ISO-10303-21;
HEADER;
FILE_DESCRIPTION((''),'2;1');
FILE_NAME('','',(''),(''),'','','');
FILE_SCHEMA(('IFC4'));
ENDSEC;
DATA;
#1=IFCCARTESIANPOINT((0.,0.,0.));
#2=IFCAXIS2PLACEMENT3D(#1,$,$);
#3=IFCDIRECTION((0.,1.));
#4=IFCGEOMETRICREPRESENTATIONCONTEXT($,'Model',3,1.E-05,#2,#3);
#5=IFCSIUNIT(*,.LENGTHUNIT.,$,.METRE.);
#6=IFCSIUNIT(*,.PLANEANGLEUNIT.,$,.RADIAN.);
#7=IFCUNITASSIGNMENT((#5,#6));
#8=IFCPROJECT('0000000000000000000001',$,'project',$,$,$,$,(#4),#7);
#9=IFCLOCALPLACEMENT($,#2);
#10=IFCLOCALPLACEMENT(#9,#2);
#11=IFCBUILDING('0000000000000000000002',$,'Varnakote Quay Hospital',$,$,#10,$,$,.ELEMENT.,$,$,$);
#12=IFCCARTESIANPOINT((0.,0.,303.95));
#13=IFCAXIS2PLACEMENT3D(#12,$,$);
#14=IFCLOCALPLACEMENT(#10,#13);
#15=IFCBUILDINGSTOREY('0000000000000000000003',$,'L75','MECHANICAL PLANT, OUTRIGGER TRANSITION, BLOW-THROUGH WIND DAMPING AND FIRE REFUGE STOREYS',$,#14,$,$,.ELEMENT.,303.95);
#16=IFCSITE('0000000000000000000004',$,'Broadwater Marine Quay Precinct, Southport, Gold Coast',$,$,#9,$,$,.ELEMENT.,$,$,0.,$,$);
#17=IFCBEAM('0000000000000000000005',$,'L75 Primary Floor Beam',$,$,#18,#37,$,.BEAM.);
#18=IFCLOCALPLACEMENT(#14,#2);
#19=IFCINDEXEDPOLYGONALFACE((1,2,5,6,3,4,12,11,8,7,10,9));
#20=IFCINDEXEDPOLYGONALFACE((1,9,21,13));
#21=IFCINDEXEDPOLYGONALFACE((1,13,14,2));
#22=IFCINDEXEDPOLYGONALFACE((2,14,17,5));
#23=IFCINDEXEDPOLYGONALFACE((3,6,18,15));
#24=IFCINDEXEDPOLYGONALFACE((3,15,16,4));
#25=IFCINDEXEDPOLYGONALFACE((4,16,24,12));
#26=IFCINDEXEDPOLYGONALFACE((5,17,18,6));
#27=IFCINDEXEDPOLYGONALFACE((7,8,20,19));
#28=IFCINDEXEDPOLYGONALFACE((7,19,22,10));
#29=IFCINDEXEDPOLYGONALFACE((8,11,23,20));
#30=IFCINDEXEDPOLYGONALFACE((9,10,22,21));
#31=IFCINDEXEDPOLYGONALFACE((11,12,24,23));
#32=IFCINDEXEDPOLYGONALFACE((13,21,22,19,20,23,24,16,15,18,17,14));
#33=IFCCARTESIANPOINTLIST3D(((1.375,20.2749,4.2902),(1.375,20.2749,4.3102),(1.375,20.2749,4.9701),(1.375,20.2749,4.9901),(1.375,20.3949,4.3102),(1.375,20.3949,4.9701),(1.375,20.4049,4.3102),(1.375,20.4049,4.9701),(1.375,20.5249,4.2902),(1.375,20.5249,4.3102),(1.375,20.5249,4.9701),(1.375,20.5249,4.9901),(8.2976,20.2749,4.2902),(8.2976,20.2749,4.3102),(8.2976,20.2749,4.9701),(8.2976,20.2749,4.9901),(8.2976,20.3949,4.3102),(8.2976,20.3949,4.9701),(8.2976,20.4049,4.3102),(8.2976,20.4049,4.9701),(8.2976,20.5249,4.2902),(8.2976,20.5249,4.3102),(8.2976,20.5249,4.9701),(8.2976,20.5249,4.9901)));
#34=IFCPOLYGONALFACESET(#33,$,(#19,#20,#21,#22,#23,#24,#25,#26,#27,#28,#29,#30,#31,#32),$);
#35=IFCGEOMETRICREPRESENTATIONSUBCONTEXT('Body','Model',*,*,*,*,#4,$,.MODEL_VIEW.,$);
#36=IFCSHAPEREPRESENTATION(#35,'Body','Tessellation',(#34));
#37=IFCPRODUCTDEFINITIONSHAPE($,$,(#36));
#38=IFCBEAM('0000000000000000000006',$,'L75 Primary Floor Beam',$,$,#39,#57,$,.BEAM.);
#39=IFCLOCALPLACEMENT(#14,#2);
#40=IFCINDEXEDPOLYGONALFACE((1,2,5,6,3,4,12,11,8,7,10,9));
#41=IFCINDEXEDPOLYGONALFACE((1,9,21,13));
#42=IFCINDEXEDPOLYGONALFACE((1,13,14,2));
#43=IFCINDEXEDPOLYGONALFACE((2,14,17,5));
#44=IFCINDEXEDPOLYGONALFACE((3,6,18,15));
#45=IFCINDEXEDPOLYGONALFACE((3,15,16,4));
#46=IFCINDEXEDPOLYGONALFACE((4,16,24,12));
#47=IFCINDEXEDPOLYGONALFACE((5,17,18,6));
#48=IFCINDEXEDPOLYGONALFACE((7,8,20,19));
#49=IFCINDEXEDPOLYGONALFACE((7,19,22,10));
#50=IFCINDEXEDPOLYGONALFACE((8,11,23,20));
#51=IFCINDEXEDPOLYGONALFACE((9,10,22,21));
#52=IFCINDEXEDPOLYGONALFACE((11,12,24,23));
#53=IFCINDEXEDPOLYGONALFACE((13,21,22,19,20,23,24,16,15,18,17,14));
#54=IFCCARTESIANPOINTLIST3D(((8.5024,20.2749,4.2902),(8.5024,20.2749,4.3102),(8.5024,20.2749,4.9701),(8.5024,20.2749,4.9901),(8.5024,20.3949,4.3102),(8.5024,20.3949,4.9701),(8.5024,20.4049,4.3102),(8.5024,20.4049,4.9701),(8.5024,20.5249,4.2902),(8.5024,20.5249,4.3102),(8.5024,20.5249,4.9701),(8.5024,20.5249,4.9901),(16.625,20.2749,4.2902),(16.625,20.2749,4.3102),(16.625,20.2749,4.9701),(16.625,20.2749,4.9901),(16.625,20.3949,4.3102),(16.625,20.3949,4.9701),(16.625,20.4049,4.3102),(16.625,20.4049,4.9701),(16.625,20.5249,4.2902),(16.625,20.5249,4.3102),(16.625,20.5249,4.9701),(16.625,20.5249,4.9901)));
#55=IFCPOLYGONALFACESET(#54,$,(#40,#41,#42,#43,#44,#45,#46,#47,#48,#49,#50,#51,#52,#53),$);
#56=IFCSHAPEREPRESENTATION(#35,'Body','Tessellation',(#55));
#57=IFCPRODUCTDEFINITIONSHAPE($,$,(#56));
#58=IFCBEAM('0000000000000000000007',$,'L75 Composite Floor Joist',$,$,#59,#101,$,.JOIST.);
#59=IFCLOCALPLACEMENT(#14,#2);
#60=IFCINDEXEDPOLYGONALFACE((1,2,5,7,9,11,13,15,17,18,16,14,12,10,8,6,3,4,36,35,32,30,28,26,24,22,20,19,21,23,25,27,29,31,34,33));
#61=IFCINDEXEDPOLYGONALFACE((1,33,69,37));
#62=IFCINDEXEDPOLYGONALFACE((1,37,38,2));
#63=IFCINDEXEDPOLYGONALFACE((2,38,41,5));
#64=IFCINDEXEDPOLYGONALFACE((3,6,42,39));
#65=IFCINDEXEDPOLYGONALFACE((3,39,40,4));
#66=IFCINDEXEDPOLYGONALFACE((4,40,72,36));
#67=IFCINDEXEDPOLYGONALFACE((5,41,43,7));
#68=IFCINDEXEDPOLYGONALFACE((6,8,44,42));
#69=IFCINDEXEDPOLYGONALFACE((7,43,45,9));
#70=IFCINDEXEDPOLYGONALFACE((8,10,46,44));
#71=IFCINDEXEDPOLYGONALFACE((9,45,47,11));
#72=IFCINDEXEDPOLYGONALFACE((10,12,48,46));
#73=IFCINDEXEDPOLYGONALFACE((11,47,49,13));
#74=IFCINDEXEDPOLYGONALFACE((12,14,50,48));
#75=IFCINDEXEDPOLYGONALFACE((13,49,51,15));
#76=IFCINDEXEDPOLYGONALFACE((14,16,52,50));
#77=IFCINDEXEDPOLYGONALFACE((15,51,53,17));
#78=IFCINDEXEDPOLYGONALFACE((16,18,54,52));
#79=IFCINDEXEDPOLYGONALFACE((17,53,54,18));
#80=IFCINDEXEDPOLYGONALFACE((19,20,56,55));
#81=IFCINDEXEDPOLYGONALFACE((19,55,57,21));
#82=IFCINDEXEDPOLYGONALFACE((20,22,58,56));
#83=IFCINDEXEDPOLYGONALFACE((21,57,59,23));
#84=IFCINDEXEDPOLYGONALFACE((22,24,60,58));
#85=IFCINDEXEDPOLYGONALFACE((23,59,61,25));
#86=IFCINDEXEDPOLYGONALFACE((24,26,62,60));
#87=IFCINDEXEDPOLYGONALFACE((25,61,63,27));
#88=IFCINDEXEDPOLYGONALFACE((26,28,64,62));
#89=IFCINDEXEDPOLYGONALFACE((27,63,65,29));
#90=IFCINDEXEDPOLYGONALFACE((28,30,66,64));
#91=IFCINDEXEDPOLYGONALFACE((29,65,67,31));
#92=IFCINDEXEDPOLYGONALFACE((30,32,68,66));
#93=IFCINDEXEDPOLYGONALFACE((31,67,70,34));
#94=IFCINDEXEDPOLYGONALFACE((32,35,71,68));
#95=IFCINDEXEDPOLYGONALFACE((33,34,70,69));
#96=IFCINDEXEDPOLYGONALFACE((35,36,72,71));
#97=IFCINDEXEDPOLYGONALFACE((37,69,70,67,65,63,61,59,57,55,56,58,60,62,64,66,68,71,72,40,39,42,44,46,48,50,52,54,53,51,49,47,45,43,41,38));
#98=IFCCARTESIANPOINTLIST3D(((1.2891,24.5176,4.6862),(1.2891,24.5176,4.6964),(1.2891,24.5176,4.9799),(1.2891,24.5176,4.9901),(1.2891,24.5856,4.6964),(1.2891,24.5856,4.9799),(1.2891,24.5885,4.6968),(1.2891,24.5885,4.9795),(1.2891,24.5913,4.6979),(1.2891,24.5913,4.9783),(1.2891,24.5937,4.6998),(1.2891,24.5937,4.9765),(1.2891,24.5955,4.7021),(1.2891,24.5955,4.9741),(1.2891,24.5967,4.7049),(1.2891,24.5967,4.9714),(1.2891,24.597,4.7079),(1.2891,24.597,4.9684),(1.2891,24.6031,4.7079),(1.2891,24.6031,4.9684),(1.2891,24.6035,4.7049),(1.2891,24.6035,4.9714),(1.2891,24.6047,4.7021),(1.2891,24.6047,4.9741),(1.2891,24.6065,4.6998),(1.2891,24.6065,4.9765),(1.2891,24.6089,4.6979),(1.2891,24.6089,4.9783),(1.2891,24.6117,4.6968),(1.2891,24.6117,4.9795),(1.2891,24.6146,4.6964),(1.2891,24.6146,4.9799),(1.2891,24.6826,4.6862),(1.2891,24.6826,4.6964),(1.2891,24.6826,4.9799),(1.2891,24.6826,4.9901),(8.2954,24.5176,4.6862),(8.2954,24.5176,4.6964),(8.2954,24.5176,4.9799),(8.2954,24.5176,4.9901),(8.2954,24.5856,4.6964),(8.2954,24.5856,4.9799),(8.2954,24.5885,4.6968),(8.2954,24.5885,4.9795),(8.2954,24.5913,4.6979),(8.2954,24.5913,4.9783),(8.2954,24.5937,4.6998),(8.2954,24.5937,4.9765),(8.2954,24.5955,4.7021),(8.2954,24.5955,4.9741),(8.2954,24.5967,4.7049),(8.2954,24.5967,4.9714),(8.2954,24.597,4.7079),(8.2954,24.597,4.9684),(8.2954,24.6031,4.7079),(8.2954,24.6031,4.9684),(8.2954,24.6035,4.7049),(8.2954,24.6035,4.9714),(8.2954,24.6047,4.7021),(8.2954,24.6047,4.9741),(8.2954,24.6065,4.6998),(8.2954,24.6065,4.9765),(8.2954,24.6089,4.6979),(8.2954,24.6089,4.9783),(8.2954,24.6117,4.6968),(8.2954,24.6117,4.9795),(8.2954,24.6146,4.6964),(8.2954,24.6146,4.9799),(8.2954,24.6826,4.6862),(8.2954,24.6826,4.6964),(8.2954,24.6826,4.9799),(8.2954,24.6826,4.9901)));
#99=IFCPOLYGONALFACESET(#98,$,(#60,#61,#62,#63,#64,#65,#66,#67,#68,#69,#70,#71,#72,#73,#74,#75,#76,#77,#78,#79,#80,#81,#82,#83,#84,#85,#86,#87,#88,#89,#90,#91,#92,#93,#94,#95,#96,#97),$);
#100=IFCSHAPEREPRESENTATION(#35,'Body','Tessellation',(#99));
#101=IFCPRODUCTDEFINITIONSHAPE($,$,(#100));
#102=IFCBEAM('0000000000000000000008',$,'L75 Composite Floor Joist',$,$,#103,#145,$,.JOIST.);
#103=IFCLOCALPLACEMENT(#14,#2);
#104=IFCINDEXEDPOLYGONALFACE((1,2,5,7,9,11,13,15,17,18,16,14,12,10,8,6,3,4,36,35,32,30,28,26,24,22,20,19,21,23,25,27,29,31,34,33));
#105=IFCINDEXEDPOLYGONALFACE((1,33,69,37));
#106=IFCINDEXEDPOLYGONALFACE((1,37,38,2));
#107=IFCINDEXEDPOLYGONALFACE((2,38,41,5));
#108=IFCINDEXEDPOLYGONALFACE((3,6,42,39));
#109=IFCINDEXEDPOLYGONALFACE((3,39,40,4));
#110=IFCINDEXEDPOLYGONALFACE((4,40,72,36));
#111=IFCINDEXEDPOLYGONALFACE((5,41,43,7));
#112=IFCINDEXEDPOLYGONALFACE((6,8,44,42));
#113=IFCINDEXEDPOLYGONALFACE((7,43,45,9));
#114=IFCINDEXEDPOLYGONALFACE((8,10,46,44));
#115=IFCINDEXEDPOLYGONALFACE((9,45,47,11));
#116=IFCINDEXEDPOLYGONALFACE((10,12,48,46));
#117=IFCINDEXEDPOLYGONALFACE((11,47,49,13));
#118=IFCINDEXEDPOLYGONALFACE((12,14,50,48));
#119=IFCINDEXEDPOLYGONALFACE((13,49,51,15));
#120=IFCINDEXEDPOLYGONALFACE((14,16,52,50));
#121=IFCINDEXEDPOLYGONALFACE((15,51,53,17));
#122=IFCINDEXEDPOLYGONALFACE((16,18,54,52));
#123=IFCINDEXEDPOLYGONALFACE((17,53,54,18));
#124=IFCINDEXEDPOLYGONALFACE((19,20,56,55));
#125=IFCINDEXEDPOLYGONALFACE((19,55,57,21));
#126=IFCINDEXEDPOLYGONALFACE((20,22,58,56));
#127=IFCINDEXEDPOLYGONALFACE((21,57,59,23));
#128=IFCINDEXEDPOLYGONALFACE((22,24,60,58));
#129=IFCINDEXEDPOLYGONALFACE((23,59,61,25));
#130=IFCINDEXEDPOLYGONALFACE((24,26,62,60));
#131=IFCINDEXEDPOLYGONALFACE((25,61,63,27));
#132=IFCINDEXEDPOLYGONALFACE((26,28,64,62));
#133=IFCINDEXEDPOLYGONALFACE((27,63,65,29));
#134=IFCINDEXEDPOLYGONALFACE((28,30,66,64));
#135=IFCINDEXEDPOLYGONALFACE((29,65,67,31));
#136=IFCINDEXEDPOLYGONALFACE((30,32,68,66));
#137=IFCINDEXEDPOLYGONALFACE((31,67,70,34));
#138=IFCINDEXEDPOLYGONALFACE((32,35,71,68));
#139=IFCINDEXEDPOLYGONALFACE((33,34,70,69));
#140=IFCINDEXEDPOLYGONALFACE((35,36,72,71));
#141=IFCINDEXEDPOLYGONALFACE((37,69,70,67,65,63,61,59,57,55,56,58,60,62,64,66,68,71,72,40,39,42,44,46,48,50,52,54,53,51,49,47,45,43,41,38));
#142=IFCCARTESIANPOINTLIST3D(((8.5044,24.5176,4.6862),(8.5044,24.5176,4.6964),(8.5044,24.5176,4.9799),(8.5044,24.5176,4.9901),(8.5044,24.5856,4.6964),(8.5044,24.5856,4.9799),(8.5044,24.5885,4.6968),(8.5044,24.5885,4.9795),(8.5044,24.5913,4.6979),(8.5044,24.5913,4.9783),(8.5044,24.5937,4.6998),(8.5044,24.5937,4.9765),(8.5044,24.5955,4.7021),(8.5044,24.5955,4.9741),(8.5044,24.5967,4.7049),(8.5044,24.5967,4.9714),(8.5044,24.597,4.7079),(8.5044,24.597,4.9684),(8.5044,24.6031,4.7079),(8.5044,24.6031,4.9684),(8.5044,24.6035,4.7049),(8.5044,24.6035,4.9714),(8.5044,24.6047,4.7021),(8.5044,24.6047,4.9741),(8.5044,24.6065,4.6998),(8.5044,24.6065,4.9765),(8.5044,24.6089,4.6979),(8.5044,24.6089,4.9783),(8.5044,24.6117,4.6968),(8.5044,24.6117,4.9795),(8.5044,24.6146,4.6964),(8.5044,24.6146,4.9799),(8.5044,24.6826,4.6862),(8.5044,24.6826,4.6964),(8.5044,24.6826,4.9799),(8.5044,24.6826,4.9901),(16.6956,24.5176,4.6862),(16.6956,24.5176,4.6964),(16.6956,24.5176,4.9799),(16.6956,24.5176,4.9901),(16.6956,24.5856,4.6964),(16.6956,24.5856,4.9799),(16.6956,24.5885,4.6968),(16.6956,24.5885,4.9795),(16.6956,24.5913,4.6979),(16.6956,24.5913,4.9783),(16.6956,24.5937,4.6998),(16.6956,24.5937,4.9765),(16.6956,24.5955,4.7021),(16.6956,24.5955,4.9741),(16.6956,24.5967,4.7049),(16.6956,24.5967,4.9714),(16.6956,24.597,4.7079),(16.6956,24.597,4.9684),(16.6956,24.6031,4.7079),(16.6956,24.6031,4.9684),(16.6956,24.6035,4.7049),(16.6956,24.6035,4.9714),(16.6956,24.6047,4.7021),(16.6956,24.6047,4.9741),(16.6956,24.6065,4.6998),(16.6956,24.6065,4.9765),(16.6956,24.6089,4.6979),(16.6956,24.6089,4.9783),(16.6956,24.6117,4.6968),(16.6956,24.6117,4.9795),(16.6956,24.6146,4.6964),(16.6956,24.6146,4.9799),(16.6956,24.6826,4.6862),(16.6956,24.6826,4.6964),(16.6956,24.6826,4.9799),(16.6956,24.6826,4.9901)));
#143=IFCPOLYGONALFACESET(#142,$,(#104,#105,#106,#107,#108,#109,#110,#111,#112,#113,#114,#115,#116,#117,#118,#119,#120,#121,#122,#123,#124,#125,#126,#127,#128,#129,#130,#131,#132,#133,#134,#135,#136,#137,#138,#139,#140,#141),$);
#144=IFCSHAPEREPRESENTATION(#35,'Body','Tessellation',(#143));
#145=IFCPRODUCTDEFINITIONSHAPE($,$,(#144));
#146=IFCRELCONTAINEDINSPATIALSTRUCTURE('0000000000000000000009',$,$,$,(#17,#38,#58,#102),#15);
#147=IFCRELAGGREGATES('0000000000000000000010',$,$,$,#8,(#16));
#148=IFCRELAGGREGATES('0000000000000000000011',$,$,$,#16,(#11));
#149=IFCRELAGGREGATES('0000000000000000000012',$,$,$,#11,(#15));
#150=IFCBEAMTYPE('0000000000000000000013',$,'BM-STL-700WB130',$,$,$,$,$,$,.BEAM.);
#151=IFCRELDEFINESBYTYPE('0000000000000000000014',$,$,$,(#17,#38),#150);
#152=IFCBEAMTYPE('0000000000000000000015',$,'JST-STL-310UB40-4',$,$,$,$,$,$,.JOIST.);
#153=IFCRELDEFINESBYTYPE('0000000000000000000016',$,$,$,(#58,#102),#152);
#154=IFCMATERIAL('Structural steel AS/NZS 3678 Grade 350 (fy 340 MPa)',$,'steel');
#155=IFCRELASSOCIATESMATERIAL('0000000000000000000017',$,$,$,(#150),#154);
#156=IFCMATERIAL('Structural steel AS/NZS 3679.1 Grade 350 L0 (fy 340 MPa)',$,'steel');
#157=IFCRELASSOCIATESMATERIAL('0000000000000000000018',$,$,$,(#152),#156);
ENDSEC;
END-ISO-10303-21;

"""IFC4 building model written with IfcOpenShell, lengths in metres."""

from ifc_helpers import new_model, si_unit, direction, frame, origin, origin_2d, place, context, subcontext, project, spatial, i_section, extrude, material, material_profile, profile_set, type_object, element, save


model = new_model("IFC4")

# Units and contexts
model_context = context("Model", 3, precision=1e-05, world=origin(), true_north=direction((0.0, 1.0)))
body_context = subcontext(model_context, "Body", "Model", "MODEL_VIEW")
ifc_project = project(units=[si_unit("LENGTHUNIT", "METRE"), si_unit("PLANEANGLEUNIT", "RADIAN")], contexts=[model_context])

# Site, building, storey
site_placement = place(None, origin())
site = spatial("IfcSite", under=ifc_project, at=site_placement, Name="Broadwater Marine Quay Precinct, Southport, Gold Coast", CompositionType="ELEMENT", RefElevation=0.0)
building_placement = place(site_placement, origin())
building = spatial("IfcBuilding", under=site, at=building_placement, Name="Varnakote Quay Hospital", CompositionType="ELEMENT")
storey_placement = place(building_placement, frame((0.0, 0.0, 303.95)))
storey = spatial("IfcBuildingStorey", under=building, at=storey_placement, Name="L75", Description="MECHANICAL PLANT, OUTRIGGER TRANSITION, BLOW-THROUGH WIND DAMPING AND FIRE REFUGE STOREYS", CompositionType="ELEMENT", Elevation=303.95)

# Beams
ifc_material_1 = material(Name="Structural steel AS/NZS 3678 Grade 350 (fy 340 MPa)", Category="steel")
ifc_material_profile_1 = material_profile(ifc_material_1, i_section(OverallWidth=0.25, OverallDepth=0.7, WebThickness=0.01, FlangeThickness=0.02, at=origin_2d()), Name="700WB130")
ifc_profile_set_1 = profile_set([ifc_material_profile_1], Name="Structural steel AS/NZS 3678 Grade 350 (fy 340 MPa)")
beam_type_1 = type_object("IfcBeamType", Name="BM-STL-700WB130", PredefinedType="BEAM", material=ifc_profile_set_1)
beam_1_placement = place(storey_placement, frame((1.375, 20.3999, 4.6401), z_axis=(1.0, 0.0, 0.0), x_axis=(0.0, 1.0, 0.0)))
element("IfcBeam", 1, at=beam_1_placement, inside=storey, type_object=beam_type_1, Name="L75 Primary Floor Beam", PredefinedType="BEAM", context=body_context, shape_type="SweptSolid", body=[
    extrude(i_section(OverallWidth=0.25, OverallDepth=0.7, WebThickness=0.01, FlangeThickness=0.02, at=origin_2d()), origin(), (0.0, 0.0, 1.0), 6.9226),
])
beam_2_placement = place(storey_placement, frame((8.5024, 20.3999, 4.6401), z_axis=(1.0, 0.0, 0.0), x_axis=(0.0, 1.0, 0.0)))
element("IfcBeam", 2, at=beam_2_placement, inside=storey, type_object=beam_type_1, Name="L75 Primary Floor Beam", PredefinedType="BEAM", context=body_context, shape_type="SweptSolid", body=[
    extrude(i_section(OverallWidth=0.25, OverallDepth=0.7, WebThickness=0.01, FlangeThickness=0.02, at=origin_2d()), origin(), (0.0, 0.0, 1.0), 8.1226),
])
ifc_material_2 = material(Name="Structural steel AS/NZS 3679.1 Grade 350 L0 (fy 340 MPa)", Category="steel")
ifc_material_profile_2 = material_profile(ifc_material_2, i_section(OverallWidth=0.165, OverallDepth=0.304, WebThickness=0.0061, FlangeThickness=0.0103, FilletRadius=0.0115, at=origin_2d()), Name="310UB40.4")
ifc_profile_set_2 = profile_set([ifc_material_profile_2], Name="Structural steel AS/NZS 3679.1 Grade 350 L0 (fy 340 MPa)")
beam_type_2 = type_object("IfcBeamType", Name="JST-STL-310UB40-4", PredefinedType="JOIST", material=ifc_profile_set_2)
beam_3_placement = place(storey_placement, frame((1.2891, 24.6001, 4.8381), z_axis=(1.0, 0.0, 0.0), x_axis=(0.0, 1.0, 0.0)))
element("IfcBeam", 3, at=beam_3_placement, inside=storey, type_object=beam_type_2, Name="L75 Composite Floor Joist", PredefinedType="JOIST", context=body_context, shape_type="SweptSolid", body=[
    extrude(i_section(OverallWidth=0.165, OverallDepth=0.304, WebThickness=0.0061, FlangeThickness=0.0103, FilletRadius=0.0115, at=origin_2d()), origin(), (0.0, 0.0, 1.0), 7.0063),
])
beam_4_placement = place(storey_placement, frame((8.5044, 24.6001, 4.8381), z_axis=(1.0, 0.0, 0.0), x_axis=(0.0, 1.0, 0.0)))
element("IfcBeam", 4, at=beam_4_placement, inside=storey, type_object=beam_type_2, Name="L75 Composite Floor Joist", PredefinedType="JOIST", context=body_context, shape_type="SweptSolid", body=[
    extrude(i_section(OverallWidth=0.165, OverallDepth=0.304, WebThickness=0.0061, FlangeThickness=0.0103, FilletRadius=0.0115, at=origin_2d()), origin(), (0.0, 0.0, 1.0), 8.1912),
])

save(model, "model.ifc")
